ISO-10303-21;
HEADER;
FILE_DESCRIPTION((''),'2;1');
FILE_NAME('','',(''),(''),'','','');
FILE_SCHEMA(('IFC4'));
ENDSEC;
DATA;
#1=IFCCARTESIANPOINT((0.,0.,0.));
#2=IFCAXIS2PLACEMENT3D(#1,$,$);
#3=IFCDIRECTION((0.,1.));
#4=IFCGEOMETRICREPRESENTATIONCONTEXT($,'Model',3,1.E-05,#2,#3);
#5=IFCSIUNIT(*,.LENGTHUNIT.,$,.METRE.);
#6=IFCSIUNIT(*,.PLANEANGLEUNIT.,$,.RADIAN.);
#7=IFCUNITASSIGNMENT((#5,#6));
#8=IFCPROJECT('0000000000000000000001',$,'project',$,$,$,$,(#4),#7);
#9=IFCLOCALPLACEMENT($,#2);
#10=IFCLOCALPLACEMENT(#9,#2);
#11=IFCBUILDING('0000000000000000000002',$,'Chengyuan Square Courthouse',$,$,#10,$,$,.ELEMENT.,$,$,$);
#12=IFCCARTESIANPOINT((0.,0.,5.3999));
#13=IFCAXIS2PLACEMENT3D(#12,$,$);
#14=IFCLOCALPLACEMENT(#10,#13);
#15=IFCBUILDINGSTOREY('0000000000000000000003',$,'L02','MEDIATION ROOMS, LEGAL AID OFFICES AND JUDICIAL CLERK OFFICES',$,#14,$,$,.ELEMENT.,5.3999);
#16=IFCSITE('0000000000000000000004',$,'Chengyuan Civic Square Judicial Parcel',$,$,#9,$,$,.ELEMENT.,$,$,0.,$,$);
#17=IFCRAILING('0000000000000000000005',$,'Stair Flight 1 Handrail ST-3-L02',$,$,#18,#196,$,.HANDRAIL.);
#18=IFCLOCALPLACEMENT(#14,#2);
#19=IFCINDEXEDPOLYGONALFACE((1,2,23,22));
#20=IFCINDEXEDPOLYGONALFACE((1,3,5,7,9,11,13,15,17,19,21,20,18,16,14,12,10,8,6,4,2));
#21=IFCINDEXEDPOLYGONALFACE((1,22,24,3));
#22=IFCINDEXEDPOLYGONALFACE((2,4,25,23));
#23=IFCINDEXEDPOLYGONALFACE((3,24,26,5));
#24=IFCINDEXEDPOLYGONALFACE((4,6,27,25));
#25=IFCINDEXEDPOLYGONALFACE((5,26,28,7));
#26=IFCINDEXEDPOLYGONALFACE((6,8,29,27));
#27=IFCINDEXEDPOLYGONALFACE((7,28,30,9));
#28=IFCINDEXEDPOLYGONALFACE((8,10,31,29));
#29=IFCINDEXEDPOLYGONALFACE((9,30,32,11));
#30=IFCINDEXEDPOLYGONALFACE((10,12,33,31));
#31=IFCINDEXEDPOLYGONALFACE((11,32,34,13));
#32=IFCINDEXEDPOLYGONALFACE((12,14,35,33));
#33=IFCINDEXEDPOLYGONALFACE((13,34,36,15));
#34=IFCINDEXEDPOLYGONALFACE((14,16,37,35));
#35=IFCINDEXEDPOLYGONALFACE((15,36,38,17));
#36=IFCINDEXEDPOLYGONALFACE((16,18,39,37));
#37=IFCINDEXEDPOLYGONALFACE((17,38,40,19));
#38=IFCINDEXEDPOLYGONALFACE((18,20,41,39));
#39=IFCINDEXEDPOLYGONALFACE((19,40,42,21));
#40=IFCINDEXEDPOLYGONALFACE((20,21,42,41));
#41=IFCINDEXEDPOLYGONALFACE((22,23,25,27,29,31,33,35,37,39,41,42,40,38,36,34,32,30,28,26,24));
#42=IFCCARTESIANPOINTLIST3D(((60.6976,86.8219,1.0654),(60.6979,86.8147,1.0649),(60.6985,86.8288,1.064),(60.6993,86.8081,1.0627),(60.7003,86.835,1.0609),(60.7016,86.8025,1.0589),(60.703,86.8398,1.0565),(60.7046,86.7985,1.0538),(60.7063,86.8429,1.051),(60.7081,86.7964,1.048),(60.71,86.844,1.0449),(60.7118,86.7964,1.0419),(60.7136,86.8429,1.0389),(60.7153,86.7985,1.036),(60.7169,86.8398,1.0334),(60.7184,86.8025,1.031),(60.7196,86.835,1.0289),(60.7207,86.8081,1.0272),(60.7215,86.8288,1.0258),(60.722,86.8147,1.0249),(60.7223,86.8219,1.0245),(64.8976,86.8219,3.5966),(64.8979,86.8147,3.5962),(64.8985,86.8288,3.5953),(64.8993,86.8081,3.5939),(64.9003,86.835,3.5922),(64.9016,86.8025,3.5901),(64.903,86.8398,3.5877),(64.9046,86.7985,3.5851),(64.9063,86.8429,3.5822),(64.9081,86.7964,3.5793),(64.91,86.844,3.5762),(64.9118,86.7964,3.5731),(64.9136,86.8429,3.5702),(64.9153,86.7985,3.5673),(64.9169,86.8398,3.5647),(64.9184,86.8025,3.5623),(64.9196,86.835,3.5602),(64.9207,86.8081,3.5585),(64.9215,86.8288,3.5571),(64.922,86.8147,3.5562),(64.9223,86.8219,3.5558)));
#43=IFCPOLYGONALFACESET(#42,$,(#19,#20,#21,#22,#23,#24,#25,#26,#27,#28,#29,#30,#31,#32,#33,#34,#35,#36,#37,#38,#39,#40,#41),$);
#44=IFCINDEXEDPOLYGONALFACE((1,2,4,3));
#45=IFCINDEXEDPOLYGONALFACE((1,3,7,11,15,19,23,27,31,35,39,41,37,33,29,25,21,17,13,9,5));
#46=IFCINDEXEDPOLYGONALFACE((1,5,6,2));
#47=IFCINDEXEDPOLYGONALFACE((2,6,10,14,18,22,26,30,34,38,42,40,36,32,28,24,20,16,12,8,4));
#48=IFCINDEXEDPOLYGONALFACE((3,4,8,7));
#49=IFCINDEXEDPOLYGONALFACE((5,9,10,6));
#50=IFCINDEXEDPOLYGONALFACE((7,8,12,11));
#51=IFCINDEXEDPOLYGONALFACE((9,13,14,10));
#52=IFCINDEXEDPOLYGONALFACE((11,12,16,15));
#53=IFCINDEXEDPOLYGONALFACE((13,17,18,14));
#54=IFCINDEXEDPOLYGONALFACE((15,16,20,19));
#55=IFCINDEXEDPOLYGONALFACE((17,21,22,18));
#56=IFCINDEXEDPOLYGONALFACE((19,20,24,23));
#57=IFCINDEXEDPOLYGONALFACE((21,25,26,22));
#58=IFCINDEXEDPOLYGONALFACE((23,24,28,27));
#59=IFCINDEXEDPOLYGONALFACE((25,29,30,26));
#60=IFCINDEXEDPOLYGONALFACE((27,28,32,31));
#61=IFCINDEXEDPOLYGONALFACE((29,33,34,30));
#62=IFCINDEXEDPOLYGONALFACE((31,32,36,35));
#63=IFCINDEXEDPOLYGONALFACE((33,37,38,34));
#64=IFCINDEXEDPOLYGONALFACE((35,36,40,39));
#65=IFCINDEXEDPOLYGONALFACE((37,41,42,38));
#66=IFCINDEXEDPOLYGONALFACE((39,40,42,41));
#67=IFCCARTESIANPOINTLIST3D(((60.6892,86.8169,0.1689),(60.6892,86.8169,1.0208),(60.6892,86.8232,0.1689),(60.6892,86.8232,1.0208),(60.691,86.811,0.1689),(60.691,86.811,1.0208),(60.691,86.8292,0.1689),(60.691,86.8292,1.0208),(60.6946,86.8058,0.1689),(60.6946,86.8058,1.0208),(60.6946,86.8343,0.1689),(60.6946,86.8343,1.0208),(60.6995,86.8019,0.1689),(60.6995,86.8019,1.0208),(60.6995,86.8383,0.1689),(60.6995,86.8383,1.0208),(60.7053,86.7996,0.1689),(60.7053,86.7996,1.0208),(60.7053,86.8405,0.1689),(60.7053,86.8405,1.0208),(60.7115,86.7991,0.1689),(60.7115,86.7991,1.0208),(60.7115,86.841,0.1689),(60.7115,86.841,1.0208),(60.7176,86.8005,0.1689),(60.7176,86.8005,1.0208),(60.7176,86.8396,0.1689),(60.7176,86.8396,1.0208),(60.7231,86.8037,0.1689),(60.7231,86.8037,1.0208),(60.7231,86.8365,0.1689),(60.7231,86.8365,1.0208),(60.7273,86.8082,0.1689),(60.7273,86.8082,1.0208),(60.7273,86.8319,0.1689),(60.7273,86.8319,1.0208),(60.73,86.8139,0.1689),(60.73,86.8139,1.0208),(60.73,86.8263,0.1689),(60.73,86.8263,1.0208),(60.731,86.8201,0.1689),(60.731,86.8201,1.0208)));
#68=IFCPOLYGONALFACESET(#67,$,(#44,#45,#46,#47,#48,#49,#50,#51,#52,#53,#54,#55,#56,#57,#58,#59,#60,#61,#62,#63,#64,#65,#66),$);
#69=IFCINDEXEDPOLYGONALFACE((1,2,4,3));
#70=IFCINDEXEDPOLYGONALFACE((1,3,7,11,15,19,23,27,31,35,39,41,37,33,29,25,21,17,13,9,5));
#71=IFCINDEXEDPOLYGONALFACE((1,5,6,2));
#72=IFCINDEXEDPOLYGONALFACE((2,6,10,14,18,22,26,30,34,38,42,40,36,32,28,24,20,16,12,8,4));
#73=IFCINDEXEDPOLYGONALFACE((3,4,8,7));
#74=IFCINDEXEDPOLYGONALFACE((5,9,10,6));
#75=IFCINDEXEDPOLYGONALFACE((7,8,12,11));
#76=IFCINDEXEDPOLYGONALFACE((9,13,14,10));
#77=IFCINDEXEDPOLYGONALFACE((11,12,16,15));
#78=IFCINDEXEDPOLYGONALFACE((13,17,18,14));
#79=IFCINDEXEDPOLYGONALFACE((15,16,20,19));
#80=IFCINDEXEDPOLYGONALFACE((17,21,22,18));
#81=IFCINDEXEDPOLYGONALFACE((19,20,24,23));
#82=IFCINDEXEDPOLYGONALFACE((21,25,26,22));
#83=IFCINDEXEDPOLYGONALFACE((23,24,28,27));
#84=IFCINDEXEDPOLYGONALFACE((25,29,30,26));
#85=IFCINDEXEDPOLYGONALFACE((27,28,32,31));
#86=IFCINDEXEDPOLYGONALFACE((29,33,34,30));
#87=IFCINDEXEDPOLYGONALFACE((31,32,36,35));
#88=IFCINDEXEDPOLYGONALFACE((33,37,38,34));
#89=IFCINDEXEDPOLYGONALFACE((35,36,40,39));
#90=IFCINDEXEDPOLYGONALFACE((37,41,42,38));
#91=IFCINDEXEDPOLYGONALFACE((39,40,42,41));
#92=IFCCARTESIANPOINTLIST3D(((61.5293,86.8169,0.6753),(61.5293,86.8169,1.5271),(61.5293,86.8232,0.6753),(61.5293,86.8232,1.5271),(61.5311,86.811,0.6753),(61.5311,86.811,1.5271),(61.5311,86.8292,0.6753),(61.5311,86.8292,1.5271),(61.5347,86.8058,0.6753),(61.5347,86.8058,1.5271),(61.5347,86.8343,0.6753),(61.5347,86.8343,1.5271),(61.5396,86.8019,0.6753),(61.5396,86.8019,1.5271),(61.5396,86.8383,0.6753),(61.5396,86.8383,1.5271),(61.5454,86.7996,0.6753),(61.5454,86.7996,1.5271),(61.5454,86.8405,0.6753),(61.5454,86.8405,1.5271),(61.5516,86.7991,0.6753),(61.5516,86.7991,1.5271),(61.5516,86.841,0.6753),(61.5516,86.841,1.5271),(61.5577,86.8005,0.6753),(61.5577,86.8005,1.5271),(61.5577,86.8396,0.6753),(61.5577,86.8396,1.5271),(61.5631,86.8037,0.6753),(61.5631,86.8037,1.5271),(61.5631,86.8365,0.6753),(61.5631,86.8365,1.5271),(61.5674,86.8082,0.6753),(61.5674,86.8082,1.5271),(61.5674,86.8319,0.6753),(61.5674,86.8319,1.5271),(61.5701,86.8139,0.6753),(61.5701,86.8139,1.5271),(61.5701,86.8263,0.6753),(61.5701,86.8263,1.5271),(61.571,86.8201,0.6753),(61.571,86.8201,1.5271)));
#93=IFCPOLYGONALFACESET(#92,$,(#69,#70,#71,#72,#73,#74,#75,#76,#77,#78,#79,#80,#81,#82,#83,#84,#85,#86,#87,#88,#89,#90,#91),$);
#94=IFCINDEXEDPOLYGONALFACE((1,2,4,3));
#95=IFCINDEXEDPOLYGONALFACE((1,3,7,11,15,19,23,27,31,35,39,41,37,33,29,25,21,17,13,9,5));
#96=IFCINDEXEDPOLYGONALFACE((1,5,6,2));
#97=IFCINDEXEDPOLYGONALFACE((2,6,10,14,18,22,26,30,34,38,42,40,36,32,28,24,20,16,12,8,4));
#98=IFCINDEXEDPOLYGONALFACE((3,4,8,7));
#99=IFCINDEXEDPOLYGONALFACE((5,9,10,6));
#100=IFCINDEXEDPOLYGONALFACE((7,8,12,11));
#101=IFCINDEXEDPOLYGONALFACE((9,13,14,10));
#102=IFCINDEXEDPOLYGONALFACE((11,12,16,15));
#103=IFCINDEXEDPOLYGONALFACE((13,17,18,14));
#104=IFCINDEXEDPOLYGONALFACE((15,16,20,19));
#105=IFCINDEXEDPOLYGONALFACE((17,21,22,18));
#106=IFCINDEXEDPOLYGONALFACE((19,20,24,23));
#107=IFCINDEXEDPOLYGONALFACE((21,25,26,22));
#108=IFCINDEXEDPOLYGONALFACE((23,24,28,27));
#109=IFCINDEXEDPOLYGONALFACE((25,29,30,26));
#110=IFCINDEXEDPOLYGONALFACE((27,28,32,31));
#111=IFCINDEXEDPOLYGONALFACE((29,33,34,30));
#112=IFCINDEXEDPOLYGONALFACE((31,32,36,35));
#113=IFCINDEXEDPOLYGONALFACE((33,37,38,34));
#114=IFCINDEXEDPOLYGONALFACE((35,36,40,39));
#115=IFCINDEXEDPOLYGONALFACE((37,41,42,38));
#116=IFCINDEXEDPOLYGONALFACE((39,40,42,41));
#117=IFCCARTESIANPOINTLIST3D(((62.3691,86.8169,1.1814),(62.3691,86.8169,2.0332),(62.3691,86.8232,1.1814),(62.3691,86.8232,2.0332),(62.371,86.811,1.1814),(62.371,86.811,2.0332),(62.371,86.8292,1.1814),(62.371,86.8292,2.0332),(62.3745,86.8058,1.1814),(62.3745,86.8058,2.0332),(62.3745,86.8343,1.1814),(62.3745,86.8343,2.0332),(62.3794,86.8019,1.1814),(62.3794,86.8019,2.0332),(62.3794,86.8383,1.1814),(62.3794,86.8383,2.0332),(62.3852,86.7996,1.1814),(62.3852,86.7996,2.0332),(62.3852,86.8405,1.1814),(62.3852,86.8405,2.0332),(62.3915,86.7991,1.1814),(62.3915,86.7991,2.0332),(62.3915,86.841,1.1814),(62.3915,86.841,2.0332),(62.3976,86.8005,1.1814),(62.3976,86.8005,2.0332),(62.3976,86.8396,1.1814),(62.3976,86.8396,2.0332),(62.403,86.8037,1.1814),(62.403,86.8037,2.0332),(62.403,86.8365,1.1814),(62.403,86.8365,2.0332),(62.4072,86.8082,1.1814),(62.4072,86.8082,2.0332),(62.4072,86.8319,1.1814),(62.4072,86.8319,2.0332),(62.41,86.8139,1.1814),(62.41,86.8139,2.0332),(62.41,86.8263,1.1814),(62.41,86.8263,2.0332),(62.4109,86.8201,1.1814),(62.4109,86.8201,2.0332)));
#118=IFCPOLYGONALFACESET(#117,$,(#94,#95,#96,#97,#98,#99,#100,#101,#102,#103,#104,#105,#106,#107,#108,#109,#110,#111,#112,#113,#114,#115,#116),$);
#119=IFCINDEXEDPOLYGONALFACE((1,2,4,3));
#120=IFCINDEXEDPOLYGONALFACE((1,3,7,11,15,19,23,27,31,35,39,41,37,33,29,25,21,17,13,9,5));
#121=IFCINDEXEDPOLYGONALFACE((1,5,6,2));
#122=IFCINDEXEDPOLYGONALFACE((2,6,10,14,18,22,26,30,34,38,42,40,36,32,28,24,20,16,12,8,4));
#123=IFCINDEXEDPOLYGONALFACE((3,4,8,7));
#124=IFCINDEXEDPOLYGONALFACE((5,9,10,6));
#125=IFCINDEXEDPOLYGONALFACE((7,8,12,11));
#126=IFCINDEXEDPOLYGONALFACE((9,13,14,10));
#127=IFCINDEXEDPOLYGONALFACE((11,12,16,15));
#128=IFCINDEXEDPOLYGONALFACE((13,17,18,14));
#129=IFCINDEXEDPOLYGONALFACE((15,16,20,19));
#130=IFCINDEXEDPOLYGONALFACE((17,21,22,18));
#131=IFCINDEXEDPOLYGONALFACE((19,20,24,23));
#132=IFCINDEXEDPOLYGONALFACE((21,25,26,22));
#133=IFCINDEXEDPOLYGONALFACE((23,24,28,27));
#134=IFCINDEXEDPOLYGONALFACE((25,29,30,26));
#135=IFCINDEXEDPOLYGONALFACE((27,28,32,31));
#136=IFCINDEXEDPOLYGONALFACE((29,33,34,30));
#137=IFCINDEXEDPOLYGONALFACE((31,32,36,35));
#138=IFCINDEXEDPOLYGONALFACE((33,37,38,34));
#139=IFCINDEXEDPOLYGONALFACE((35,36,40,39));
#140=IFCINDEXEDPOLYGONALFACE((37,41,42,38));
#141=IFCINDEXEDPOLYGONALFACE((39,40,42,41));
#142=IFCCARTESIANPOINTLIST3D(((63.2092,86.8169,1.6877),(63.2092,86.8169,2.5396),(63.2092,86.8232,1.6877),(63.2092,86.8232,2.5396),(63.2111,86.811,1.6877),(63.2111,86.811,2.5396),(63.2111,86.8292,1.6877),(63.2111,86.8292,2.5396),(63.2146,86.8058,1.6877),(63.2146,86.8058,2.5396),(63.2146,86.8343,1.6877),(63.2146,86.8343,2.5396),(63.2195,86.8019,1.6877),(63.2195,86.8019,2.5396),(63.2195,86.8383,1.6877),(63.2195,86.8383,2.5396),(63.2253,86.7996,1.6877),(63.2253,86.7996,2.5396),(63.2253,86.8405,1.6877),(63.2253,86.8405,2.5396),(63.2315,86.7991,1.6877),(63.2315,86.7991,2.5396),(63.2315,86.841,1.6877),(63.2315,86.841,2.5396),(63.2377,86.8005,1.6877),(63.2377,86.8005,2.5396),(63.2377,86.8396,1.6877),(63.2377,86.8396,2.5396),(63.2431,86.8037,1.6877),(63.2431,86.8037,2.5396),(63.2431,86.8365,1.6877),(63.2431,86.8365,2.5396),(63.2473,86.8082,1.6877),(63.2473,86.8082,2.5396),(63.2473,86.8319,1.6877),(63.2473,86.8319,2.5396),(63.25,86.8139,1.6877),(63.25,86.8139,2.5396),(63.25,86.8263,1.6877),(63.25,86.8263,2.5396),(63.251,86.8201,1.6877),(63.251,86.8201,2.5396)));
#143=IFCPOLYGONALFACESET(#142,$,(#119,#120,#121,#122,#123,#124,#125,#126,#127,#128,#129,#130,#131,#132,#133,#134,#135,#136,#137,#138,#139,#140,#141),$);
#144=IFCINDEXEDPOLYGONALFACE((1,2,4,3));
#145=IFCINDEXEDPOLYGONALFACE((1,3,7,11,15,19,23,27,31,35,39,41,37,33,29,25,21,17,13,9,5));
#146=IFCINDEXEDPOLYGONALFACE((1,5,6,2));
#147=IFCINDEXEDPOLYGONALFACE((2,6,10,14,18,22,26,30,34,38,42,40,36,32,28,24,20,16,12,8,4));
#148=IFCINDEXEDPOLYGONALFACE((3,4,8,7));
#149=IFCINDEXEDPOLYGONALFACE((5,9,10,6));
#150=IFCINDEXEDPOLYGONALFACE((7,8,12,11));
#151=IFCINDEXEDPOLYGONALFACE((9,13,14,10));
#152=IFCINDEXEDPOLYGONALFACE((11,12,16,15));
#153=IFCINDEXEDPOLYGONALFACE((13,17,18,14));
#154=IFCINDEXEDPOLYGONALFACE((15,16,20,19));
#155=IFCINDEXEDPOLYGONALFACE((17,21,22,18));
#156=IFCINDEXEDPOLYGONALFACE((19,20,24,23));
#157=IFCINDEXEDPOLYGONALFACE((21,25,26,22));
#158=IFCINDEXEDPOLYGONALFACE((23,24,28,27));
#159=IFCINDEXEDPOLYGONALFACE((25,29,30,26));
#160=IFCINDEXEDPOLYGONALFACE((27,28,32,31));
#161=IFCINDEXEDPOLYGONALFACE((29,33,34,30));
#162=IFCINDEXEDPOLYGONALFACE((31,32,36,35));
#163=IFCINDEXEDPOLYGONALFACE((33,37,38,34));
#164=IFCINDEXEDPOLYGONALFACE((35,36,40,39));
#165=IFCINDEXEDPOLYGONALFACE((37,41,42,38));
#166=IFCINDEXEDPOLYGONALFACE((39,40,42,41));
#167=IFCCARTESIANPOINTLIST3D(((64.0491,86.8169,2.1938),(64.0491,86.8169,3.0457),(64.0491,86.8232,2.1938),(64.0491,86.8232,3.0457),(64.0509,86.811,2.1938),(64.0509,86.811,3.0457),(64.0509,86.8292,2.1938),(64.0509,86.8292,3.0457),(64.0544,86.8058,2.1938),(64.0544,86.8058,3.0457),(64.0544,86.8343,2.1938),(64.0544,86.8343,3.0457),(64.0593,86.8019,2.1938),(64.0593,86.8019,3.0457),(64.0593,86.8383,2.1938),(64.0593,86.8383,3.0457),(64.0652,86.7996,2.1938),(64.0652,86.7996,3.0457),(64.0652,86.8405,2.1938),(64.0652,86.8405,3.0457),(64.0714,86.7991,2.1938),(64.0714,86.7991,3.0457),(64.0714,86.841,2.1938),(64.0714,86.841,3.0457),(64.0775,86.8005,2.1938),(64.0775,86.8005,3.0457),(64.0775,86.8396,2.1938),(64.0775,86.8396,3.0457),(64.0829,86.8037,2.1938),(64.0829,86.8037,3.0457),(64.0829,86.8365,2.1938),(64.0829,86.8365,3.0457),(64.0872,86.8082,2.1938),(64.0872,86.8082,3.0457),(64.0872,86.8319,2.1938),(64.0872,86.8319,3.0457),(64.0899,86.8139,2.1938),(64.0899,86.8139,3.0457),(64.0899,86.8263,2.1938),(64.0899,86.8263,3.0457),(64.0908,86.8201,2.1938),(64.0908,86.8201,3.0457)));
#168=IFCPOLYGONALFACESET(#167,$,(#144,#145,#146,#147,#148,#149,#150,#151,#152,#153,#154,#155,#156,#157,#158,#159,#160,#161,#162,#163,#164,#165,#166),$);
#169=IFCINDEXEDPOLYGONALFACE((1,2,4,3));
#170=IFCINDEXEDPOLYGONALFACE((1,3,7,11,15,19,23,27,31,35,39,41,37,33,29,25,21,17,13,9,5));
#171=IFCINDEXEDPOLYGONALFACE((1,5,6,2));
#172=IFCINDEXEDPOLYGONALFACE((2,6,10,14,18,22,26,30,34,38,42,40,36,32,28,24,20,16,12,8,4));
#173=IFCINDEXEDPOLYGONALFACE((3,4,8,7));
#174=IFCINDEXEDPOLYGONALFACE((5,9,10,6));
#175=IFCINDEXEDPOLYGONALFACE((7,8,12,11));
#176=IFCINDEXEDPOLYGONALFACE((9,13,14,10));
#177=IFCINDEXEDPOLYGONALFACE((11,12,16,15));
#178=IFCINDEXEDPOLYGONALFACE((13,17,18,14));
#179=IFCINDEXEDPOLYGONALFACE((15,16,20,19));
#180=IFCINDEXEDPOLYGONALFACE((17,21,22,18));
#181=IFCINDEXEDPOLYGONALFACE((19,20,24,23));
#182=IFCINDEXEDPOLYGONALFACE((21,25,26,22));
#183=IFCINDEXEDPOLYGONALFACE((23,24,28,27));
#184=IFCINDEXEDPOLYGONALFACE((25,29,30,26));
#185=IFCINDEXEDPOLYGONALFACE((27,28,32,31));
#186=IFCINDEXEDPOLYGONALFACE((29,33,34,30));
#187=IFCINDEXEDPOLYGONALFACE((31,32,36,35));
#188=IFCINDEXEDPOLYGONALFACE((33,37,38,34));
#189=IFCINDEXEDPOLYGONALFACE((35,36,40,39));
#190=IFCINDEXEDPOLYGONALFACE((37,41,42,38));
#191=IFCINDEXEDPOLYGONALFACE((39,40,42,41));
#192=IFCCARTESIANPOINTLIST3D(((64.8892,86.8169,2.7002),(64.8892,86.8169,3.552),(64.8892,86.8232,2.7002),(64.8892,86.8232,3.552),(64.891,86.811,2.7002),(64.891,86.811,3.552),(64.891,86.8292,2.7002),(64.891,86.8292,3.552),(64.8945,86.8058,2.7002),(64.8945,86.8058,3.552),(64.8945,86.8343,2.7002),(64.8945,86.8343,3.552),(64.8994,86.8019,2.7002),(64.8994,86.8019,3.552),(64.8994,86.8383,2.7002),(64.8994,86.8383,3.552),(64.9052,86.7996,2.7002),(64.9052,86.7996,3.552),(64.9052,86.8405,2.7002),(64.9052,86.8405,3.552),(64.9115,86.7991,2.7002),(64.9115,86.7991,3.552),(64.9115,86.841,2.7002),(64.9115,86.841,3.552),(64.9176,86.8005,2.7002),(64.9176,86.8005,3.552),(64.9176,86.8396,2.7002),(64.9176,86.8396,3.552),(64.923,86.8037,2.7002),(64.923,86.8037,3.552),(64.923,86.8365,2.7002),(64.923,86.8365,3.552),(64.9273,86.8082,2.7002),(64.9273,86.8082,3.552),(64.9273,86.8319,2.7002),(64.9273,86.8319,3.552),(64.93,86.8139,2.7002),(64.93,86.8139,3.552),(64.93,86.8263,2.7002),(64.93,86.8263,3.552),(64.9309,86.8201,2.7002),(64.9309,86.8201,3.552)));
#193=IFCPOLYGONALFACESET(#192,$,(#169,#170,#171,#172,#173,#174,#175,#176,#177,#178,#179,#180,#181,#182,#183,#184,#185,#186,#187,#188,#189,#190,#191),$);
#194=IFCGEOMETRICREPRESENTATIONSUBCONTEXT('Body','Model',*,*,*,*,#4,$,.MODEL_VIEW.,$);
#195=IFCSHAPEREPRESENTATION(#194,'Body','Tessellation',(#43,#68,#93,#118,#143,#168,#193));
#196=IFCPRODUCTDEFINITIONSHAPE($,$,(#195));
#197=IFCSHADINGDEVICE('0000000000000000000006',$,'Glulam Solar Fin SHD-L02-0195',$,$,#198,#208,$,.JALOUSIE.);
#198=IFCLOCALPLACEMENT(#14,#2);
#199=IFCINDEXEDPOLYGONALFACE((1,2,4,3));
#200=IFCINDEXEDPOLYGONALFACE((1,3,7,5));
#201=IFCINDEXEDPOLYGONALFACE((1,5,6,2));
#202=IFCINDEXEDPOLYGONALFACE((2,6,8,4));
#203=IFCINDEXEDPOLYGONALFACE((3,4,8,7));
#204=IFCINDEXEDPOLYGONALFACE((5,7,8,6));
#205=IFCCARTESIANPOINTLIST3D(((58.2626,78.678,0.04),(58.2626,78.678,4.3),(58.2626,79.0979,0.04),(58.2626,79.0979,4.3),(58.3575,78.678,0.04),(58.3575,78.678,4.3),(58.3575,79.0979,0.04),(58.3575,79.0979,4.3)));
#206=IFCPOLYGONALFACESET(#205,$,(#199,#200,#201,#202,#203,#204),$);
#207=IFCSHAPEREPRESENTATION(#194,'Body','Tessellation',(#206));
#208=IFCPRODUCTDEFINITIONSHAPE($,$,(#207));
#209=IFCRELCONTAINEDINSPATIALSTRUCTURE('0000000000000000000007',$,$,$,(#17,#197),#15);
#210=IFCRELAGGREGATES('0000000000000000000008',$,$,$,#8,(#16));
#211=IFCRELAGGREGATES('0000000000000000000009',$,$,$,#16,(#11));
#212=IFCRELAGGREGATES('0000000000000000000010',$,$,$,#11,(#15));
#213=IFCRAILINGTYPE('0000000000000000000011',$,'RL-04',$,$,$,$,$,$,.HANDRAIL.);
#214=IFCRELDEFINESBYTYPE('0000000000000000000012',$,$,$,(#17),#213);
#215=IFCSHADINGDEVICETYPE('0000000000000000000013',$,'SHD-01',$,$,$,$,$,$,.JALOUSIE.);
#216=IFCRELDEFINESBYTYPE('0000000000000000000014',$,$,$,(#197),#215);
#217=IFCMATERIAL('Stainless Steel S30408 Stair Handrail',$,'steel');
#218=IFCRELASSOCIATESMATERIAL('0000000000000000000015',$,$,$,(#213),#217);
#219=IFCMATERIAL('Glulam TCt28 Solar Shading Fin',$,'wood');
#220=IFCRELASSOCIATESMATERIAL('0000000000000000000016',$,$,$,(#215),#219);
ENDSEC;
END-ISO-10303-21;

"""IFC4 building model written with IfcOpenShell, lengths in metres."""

from ifc_helpers import new_model, si_unit, direction, frame, origin, origin_2d, place, context, subcontext, project, spatial, rectangle, circle, extrude, material, type_object, element, save


model = new_model("IFC4")

# Units and contexts
model_context = context("Model", 3, precision=1e-05, world=origin(), true_north=direction((0.0, 1.0)))
body_context = subcontext(model_context, "Body", "Model", "MODEL_VIEW")
ifc_project = project(units=[si_unit("LENGTHUNIT", "METRE"), si_unit("PLANEANGLEUNIT", "RADIAN")], contexts=[model_context])

# Site, building, storey
site_placement = place(None, origin())
site = spatial("IfcSite", under=ifc_project, at=site_placement, Name="Chengyuan Civic Square Judicial Parcel", CompositionType="ELEMENT", RefElevation=0.0)
building_placement = place(site_placement, origin())
building = spatial("IfcBuilding", under=site, at=building_placement, Name="Chengyuan Square Courthouse", CompositionType="ELEMENT")
storey_placement = place(building_placement, frame((0.0, 0.0, 5.3999)))
storey = spatial("IfcBuildingStorey", under=building, at=storey_placement, Name="L02", Description="MEDIATION ROOMS, LEGAL AID OFFICES AND JUDICIAL CLERK OFFICES", CompositionType="ELEMENT", Elevation=5.3999)

# Railing
ifc_material_1 = material(Name="Stainless Steel S30408 Stair Handrail", Category="steel")
railing_type_1 = type_object("IfcRailingType", Name="RL-04", PredefinedType="HANDRAIL", material=ifc_material_1)
railing_1_placement = place(storey_placement, frame((60.71, 86.8201, 0.1689)))
element("IfcRailing", 1, at=railing_1_placement, inside=storey, type_object=railing_type_1, Name="Stair Flight 1 Handrail ST-3-L02", PredefinedType="HANDRAIL", context=body_context, shape_type="SweptSolid", body=[
    extrude(circle(Radius=0.0239, at=origin_2d()), frame((0.0, 0.0, 0.876), z_axis=(0.856476, 0.0, 0.516186), x_axis=(0.0, 1.0, 0.0)), (0.0, 0.0, 1.0), 4.9038),
    extrude(circle(Radius=0.021, at=origin_2d()), origin(), (0.0, 0.0, 1.0), 0.8518),
    extrude(circle(Radius=0.021, at=origin_2d()), frame((0.8401, 0.0, 0.5063)), (0.0, 0.0, 1.0), 0.8518),
    extrude(circle(Radius=0.021, at=origin_2d()), frame((1.6799, 0.0, 1.0125)), (0.0, 0.0, 1.0), 0.8518),
    extrude(circle(Radius=0.021, at=origin_2d()), frame((2.52, 0.0, 1.5188)), (0.0, 0.0, 1.0), 0.8518),
    extrude(circle(Radius=0.021, at=origin_2d()), frame((3.3599, 0.0, 2.0249)), (0.0, 0.0, 1.0), 0.8518),
    extrude(circle(Radius=0.021, at=origin_2d()), frame((4.2, 0.0, 2.5312)), (0.0, 0.0, 1.0), 0.8518),
])

# Shading device
ifc_material_2 = material(Name="Glulam TCt28 Solar Shading Fin", Category="wood")
shading_device_type_1 = type_object("IfcShadingDeviceType", Name="SHD-01", PredefinedType="JALOUSIE", material=ifc_material_2)
for number, where, z_axis, x_axis, name in (
    (2, (58.3101, 78.8879, 0.04), (0.0, 0.0, 1.0), (0.0, 1.0, 0.0), "Glulam Solar Fin SHD-L02-0195"),
):
    element("IfcShadingDevice", number, at=place(storey_placement, frame(where, z_axis=z_axis, x_axis=x_axis)), inside=storey, type_object=shading_device_type_1, Name=name, PredefinedType="JALOUSIE", context=body_context, shape_type="SweptSolid", body=[
        extrude(rectangle(XDim=0.4199, YDim=0.095, at=origin_2d()), origin(), (0.0, 0.0, 1.0), 4.26),
    ])

save(model, "model.ifc")
